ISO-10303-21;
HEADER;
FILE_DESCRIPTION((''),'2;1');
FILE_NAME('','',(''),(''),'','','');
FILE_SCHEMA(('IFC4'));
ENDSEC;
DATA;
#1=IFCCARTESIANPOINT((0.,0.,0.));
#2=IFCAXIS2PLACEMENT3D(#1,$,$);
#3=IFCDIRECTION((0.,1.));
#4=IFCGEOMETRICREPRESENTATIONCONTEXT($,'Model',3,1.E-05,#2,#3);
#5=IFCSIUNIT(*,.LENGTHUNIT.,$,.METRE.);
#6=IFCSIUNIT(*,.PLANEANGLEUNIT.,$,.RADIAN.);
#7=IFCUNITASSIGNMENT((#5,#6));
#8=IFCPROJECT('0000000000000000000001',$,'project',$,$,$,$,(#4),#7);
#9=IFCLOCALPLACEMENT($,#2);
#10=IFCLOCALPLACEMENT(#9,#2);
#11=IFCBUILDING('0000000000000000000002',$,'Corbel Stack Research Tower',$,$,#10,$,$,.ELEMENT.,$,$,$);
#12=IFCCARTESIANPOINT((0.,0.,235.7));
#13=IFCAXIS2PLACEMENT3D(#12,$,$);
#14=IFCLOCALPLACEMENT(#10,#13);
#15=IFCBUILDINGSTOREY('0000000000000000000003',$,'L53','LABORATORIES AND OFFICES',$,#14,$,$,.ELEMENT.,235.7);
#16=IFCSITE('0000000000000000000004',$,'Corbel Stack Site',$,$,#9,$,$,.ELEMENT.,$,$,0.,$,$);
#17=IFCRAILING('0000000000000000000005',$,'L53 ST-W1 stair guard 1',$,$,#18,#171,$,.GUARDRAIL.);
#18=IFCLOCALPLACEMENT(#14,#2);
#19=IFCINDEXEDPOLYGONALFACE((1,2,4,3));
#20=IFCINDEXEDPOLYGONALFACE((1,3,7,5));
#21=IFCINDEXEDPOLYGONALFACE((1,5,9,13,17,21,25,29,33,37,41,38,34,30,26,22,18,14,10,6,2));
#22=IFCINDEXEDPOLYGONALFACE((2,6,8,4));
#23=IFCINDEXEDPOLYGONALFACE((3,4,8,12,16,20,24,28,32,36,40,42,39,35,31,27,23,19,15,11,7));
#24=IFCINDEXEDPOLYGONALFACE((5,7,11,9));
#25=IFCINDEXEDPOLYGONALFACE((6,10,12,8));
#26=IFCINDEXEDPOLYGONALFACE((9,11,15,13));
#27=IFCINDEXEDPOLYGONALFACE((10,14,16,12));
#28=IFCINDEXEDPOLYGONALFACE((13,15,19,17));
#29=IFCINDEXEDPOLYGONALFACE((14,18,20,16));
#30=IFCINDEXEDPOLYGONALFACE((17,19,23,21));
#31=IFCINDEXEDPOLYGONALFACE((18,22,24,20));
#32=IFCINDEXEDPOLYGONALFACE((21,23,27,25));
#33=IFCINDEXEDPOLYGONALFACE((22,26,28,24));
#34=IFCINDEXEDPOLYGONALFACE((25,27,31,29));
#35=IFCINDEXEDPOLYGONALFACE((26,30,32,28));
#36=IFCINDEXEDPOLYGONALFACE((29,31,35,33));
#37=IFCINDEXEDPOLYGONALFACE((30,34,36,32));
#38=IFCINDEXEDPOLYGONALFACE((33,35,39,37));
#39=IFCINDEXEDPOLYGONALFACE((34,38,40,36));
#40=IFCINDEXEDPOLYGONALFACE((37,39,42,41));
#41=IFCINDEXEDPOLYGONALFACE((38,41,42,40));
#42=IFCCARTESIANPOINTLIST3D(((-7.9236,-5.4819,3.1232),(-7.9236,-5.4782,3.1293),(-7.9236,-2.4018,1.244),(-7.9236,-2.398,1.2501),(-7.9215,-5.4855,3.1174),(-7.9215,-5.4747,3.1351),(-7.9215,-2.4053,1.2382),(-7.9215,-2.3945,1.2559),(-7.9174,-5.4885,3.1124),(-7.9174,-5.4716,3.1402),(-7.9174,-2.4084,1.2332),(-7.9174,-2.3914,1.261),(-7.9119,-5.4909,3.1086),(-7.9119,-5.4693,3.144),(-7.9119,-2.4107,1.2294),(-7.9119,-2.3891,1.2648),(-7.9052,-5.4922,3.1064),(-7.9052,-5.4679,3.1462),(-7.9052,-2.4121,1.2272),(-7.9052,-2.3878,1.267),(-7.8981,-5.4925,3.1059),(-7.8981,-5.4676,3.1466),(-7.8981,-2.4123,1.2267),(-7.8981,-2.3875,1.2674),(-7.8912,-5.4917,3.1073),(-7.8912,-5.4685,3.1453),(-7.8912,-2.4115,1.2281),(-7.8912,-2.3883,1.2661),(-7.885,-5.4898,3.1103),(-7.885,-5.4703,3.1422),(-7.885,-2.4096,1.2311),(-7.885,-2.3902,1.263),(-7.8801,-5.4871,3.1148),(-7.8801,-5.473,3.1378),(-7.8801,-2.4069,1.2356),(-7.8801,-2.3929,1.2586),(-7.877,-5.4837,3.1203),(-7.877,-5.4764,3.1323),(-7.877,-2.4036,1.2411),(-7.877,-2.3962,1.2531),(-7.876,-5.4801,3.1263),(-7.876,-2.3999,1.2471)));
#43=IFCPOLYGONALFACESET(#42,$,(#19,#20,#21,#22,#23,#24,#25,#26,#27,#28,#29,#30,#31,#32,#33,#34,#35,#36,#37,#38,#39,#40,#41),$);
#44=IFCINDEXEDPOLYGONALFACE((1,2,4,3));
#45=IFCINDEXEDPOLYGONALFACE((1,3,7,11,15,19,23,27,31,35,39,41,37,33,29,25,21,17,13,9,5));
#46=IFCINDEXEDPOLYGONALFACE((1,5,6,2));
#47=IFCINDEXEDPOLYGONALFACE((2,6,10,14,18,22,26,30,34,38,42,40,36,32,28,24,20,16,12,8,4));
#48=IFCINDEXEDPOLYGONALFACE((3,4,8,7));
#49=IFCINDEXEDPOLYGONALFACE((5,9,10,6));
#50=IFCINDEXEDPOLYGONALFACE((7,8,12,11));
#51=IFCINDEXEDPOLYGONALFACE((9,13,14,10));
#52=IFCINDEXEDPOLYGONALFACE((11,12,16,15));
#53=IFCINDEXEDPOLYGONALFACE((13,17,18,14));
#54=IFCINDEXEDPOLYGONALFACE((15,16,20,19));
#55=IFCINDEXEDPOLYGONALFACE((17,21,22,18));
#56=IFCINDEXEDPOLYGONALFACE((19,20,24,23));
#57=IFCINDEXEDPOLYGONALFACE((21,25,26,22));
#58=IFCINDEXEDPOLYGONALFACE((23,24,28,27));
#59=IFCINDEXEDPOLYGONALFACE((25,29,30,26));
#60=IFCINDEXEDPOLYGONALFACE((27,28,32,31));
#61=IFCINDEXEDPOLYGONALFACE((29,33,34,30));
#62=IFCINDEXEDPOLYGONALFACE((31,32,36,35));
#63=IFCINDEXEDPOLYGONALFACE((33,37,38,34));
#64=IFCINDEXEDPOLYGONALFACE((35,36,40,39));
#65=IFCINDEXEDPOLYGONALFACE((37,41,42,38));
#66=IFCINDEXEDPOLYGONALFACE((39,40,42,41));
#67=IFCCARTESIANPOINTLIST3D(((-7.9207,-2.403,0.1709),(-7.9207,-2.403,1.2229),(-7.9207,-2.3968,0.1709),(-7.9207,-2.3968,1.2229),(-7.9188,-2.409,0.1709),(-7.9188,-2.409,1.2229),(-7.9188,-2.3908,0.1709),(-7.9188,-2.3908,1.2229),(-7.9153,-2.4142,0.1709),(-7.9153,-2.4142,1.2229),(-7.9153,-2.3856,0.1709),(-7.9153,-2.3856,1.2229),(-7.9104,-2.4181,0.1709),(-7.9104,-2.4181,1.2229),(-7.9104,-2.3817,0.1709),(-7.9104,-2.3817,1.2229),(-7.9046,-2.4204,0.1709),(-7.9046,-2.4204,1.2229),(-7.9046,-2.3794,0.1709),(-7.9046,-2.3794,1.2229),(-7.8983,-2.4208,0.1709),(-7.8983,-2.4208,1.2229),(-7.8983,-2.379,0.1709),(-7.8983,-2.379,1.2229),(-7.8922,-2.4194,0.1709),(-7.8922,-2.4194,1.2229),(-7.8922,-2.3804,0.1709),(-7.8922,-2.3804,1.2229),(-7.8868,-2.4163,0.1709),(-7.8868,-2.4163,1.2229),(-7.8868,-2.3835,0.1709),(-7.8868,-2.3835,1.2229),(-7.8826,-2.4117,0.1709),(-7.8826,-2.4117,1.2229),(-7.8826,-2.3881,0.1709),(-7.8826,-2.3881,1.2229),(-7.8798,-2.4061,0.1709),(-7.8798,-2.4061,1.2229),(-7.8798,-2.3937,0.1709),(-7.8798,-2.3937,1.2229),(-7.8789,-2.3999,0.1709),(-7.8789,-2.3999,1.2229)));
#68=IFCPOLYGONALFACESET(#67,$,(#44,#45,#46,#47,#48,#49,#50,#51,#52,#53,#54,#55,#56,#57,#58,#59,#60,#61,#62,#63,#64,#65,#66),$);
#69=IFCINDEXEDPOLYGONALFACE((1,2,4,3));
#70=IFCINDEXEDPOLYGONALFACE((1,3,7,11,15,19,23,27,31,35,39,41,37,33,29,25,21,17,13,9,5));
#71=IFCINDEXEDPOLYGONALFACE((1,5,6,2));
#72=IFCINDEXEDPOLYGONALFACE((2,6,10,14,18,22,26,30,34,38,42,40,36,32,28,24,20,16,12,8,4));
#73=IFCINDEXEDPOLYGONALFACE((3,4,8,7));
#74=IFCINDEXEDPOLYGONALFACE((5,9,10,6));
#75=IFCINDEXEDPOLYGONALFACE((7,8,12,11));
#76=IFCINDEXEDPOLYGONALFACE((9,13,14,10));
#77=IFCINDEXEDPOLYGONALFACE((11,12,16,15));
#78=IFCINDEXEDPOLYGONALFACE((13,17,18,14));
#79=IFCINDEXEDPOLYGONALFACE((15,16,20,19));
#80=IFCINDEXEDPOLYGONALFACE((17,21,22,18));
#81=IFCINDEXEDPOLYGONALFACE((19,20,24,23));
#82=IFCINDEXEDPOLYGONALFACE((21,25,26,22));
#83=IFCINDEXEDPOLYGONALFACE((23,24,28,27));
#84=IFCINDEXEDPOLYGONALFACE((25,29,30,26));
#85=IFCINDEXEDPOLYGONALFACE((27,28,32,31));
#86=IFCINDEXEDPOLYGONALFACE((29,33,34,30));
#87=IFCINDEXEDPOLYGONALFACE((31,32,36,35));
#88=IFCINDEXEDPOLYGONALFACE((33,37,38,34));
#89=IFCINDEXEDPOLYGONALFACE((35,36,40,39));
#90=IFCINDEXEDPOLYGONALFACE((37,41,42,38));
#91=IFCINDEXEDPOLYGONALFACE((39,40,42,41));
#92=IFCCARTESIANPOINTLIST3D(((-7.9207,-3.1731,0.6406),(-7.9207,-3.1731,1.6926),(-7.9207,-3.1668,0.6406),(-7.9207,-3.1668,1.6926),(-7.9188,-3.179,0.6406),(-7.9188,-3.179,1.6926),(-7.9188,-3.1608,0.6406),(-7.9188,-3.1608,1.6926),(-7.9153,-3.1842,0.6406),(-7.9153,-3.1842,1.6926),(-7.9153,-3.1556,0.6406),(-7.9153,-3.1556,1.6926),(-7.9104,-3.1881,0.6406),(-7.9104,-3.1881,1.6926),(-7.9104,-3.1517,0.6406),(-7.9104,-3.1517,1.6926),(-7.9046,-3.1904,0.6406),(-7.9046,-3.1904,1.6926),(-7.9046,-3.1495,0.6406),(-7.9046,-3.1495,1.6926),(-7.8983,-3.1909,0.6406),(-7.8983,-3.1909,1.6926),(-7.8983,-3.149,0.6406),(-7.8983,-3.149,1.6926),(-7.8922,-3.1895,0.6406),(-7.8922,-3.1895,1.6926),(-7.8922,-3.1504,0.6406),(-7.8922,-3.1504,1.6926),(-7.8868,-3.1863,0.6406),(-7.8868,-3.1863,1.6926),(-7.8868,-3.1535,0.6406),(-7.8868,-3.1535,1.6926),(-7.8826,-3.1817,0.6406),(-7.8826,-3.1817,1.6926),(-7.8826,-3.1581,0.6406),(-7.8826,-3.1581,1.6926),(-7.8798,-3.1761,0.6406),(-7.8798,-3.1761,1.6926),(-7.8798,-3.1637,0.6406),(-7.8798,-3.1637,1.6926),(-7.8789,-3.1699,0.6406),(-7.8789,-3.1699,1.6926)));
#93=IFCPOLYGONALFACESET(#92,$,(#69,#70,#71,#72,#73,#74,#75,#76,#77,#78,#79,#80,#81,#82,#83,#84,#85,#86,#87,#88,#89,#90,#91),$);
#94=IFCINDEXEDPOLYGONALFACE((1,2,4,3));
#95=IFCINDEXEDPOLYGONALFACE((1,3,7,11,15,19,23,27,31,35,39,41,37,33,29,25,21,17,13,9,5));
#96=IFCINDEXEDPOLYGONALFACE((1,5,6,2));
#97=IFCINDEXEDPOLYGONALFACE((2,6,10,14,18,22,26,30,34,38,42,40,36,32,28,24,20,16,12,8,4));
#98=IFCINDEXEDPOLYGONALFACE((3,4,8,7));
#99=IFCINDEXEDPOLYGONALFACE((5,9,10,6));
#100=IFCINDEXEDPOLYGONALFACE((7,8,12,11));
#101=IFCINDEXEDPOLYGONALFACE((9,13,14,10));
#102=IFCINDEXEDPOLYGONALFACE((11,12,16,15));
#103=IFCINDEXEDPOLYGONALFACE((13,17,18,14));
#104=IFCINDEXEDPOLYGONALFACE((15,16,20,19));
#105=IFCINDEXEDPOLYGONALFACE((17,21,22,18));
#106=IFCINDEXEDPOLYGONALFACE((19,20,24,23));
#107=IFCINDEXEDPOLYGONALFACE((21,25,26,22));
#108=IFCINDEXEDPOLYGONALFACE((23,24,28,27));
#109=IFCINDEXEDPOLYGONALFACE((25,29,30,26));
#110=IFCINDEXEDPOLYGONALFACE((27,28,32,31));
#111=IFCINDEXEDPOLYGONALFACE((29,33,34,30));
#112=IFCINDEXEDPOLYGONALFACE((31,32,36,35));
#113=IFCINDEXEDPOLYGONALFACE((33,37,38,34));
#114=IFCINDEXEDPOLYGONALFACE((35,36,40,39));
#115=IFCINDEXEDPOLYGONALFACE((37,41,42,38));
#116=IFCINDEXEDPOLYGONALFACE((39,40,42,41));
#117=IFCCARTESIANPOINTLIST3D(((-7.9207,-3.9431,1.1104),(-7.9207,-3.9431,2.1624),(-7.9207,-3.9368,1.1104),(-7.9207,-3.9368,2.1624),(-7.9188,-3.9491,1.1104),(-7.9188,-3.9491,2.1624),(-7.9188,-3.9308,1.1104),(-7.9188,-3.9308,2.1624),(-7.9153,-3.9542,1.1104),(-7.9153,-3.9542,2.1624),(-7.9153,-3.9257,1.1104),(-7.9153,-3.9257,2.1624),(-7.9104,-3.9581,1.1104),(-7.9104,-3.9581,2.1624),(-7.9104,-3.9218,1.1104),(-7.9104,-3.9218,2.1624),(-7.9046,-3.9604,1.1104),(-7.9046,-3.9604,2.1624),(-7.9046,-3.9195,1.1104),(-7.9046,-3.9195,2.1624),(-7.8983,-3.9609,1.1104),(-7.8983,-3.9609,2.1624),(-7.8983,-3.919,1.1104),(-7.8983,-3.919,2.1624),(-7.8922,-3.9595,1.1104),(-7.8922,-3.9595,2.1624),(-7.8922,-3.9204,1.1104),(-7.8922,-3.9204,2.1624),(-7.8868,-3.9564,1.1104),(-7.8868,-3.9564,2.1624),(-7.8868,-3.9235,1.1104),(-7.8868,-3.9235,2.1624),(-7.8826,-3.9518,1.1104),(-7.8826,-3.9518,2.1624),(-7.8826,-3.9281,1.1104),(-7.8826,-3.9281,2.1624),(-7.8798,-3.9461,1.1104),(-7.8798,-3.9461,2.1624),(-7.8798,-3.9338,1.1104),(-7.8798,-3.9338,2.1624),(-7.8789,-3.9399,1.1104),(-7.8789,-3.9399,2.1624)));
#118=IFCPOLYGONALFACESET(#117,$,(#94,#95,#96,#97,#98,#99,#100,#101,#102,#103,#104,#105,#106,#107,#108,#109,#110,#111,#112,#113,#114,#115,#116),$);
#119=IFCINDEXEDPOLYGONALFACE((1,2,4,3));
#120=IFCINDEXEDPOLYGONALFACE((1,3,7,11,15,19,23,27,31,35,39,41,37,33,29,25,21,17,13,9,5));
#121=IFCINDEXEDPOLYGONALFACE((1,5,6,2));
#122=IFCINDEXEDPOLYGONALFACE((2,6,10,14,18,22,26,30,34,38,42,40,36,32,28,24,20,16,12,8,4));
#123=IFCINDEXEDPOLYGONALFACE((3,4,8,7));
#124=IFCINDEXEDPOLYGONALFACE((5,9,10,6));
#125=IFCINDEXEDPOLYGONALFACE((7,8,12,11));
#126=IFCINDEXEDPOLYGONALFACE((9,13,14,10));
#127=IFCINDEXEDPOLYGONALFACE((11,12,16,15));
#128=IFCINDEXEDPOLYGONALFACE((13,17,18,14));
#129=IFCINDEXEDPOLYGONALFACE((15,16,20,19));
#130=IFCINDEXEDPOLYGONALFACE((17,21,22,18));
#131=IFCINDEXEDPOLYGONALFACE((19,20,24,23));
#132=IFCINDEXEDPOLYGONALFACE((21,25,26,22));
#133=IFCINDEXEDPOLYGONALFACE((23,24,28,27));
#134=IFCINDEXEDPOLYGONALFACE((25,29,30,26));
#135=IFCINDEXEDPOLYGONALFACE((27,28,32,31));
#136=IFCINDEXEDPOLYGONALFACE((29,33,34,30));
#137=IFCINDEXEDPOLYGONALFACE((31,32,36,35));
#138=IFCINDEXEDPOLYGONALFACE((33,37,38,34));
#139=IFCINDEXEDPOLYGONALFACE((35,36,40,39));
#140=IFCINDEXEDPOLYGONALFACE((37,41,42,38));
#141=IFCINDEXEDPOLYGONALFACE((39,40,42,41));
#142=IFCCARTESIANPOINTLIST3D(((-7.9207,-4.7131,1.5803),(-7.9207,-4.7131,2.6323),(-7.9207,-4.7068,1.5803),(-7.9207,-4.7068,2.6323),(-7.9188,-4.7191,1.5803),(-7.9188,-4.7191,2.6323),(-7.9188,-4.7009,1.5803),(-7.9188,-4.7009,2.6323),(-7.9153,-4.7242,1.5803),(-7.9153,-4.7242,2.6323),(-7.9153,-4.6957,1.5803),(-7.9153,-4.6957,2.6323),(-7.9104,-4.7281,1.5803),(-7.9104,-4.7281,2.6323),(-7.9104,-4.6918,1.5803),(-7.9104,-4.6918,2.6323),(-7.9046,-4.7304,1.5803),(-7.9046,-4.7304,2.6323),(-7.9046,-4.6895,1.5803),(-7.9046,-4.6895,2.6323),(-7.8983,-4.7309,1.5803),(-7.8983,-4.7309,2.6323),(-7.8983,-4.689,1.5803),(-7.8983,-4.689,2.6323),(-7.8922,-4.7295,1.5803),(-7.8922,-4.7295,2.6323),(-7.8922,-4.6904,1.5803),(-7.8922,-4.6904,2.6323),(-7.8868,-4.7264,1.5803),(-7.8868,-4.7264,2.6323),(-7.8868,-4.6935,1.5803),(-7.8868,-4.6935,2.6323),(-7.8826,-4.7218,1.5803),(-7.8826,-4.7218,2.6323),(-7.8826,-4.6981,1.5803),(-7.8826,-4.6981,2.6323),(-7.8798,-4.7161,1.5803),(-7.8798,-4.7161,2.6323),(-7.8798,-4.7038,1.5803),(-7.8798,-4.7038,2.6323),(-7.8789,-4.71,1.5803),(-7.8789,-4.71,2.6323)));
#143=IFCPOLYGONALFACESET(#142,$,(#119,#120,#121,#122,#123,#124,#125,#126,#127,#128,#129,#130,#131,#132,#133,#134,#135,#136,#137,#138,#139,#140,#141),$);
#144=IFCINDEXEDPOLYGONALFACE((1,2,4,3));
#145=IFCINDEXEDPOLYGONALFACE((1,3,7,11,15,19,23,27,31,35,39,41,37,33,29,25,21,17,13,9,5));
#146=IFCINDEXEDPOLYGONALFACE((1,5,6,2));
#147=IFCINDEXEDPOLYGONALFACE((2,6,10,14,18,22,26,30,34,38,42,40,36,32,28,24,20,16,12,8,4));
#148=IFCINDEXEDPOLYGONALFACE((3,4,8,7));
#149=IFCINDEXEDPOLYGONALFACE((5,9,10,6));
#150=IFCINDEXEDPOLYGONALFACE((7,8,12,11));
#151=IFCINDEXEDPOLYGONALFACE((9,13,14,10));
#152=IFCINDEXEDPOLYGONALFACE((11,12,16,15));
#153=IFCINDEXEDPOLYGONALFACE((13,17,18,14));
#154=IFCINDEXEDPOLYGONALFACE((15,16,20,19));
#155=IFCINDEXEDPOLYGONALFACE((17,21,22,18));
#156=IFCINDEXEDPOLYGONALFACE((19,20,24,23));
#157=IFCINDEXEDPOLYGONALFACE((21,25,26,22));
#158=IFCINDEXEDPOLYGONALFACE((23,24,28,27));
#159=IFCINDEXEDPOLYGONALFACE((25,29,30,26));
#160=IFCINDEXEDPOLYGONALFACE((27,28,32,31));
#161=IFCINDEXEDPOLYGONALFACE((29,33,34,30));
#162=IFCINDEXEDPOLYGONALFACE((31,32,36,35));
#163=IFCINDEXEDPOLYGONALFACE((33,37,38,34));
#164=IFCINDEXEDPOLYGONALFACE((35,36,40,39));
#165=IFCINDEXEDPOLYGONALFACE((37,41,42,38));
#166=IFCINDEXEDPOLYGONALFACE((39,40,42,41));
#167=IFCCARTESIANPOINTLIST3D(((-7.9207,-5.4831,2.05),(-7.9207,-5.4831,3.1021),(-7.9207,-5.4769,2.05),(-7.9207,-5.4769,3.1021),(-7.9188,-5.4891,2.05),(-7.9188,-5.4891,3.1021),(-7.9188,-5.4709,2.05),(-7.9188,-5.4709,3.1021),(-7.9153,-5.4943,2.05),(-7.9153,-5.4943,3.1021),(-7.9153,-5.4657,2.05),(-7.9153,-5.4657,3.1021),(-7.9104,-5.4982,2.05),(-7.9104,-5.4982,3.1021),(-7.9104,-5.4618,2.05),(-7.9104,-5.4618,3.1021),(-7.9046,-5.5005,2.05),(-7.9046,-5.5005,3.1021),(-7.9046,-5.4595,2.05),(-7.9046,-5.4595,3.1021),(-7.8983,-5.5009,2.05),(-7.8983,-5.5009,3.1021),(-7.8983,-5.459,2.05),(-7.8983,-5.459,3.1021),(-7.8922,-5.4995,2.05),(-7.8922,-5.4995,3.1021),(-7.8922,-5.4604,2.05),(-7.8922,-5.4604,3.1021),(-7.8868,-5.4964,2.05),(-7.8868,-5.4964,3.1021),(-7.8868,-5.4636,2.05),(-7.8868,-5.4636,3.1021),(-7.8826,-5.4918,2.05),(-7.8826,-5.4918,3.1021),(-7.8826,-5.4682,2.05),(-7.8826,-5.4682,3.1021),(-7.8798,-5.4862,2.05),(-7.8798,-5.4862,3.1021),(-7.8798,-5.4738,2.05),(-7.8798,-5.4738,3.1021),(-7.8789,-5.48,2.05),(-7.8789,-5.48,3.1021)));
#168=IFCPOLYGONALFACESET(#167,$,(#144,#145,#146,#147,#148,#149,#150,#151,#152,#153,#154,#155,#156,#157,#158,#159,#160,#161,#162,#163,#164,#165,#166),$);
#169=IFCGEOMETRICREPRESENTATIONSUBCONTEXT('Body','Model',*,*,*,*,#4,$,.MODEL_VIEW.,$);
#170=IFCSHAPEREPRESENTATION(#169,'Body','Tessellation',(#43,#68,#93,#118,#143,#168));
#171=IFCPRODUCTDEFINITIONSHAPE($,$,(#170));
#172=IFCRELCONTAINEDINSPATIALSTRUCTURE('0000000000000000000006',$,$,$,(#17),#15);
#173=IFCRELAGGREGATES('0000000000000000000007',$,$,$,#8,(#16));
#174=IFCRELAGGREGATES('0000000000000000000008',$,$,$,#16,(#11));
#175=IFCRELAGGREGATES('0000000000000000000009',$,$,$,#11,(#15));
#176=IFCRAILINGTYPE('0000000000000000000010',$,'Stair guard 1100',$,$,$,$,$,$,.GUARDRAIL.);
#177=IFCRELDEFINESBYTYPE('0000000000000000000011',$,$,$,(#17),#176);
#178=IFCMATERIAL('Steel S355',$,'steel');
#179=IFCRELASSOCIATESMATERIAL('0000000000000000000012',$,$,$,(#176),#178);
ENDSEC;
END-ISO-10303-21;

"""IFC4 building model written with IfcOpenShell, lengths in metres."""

from ifc_helpers import new_model, si_unit, direction, frame, origin, origin_2d, place, context, subcontext, project, spatial, circle, extrude, material, type_object, element, save


model = new_model("IFC4")

# Units and contexts
model_context = context("Model", 3, precision=1e-05, world=origin(), true_north=direction((0.0, 1.0)))
body_context = subcontext(model_context, "Body", "Model", "MODEL_VIEW")
ifc_project = project(units=[si_unit("LENGTHUNIT", "METRE"), si_unit("PLANEANGLEUNIT", "RADIAN")], contexts=[model_context])

# Site, building, storey
site_placement = place(None, origin())
site = spatial("IfcSite", under=ifc_project, at=site_placement, Name="Corbel Stack Site", CompositionType="ELEMENT", RefElevation=0.0)
building_placement = place(site_placement, origin())
building = spatial("IfcBuilding", under=site, at=building_placement, Name="Corbel Stack Research Tower", CompositionType="ELEMENT")
storey_placement = place(building_placement, frame((0.0, 0.0, 235.7)))
storey = spatial("IfcBuildingStorey", under=building, at=storey_placement, Name="L53", Description="LABORATORIES AND OFFICES", CompositionType="ELEMENT", Elevation=235.7)

# Railing
ifc_material_1 = material(Name="Steel S355", Category="steel")
railing_type_1 = type_object("IfcRailingType", Name="Stair guard 1100", PredefinedType="GUARDRAIL", material=ifc_material_1)
railing_1_placement = place(storey_placement, frame((-7.8999, -2.3999, 0.1709)))
element("IfcRailing", 1, at=railing_1_placement, inside=storey, type_object=railing_type_1, Name="L53 ST-W1 stair guard 1", PredefinedType="GUARDRAIL", context=body_context, shape_type="SweptSolid", body=[
    extrude(circle(Radius=0.0239, at=origin_2d()), frame((0.0, 0.0, 1.0762), z_axis=(0.0, -0.853666, 0.52082), x_axis=(1.0, 0.0, 0.0)), (0.0, 0.0, 1.0), 3.6082),
    extrude(circle(Radius=0.021, at=origin_2d()), origin(), (0.0, 0.0, 1.0), 1.052),
    extrude(circle(Radius=0.021, at=origin_2d()), frame((0.0, -0.77, 0.4697)), (0.0, 0.0, 1.0), 1.052),
    extrude(circle(Radius=0.021, at=origin_2d()), frame((0.0, -1.54, 0.9395)), (0.0, 0.0, 1.0), 1.052),
    extrude(circle(Radius=0.021, at=origin_2d()), frame((0.0, -2.3101, 1.4094)), (0.0, 0.0, 1.0), 1.052),
    extrude(circle(Radius=0.021, at=origin_2d()), frame((0.0, -3.0801, 1.8792)), (0.0, 0.0, 1.0), 1.052),
])

save(model, "model.ifc")
